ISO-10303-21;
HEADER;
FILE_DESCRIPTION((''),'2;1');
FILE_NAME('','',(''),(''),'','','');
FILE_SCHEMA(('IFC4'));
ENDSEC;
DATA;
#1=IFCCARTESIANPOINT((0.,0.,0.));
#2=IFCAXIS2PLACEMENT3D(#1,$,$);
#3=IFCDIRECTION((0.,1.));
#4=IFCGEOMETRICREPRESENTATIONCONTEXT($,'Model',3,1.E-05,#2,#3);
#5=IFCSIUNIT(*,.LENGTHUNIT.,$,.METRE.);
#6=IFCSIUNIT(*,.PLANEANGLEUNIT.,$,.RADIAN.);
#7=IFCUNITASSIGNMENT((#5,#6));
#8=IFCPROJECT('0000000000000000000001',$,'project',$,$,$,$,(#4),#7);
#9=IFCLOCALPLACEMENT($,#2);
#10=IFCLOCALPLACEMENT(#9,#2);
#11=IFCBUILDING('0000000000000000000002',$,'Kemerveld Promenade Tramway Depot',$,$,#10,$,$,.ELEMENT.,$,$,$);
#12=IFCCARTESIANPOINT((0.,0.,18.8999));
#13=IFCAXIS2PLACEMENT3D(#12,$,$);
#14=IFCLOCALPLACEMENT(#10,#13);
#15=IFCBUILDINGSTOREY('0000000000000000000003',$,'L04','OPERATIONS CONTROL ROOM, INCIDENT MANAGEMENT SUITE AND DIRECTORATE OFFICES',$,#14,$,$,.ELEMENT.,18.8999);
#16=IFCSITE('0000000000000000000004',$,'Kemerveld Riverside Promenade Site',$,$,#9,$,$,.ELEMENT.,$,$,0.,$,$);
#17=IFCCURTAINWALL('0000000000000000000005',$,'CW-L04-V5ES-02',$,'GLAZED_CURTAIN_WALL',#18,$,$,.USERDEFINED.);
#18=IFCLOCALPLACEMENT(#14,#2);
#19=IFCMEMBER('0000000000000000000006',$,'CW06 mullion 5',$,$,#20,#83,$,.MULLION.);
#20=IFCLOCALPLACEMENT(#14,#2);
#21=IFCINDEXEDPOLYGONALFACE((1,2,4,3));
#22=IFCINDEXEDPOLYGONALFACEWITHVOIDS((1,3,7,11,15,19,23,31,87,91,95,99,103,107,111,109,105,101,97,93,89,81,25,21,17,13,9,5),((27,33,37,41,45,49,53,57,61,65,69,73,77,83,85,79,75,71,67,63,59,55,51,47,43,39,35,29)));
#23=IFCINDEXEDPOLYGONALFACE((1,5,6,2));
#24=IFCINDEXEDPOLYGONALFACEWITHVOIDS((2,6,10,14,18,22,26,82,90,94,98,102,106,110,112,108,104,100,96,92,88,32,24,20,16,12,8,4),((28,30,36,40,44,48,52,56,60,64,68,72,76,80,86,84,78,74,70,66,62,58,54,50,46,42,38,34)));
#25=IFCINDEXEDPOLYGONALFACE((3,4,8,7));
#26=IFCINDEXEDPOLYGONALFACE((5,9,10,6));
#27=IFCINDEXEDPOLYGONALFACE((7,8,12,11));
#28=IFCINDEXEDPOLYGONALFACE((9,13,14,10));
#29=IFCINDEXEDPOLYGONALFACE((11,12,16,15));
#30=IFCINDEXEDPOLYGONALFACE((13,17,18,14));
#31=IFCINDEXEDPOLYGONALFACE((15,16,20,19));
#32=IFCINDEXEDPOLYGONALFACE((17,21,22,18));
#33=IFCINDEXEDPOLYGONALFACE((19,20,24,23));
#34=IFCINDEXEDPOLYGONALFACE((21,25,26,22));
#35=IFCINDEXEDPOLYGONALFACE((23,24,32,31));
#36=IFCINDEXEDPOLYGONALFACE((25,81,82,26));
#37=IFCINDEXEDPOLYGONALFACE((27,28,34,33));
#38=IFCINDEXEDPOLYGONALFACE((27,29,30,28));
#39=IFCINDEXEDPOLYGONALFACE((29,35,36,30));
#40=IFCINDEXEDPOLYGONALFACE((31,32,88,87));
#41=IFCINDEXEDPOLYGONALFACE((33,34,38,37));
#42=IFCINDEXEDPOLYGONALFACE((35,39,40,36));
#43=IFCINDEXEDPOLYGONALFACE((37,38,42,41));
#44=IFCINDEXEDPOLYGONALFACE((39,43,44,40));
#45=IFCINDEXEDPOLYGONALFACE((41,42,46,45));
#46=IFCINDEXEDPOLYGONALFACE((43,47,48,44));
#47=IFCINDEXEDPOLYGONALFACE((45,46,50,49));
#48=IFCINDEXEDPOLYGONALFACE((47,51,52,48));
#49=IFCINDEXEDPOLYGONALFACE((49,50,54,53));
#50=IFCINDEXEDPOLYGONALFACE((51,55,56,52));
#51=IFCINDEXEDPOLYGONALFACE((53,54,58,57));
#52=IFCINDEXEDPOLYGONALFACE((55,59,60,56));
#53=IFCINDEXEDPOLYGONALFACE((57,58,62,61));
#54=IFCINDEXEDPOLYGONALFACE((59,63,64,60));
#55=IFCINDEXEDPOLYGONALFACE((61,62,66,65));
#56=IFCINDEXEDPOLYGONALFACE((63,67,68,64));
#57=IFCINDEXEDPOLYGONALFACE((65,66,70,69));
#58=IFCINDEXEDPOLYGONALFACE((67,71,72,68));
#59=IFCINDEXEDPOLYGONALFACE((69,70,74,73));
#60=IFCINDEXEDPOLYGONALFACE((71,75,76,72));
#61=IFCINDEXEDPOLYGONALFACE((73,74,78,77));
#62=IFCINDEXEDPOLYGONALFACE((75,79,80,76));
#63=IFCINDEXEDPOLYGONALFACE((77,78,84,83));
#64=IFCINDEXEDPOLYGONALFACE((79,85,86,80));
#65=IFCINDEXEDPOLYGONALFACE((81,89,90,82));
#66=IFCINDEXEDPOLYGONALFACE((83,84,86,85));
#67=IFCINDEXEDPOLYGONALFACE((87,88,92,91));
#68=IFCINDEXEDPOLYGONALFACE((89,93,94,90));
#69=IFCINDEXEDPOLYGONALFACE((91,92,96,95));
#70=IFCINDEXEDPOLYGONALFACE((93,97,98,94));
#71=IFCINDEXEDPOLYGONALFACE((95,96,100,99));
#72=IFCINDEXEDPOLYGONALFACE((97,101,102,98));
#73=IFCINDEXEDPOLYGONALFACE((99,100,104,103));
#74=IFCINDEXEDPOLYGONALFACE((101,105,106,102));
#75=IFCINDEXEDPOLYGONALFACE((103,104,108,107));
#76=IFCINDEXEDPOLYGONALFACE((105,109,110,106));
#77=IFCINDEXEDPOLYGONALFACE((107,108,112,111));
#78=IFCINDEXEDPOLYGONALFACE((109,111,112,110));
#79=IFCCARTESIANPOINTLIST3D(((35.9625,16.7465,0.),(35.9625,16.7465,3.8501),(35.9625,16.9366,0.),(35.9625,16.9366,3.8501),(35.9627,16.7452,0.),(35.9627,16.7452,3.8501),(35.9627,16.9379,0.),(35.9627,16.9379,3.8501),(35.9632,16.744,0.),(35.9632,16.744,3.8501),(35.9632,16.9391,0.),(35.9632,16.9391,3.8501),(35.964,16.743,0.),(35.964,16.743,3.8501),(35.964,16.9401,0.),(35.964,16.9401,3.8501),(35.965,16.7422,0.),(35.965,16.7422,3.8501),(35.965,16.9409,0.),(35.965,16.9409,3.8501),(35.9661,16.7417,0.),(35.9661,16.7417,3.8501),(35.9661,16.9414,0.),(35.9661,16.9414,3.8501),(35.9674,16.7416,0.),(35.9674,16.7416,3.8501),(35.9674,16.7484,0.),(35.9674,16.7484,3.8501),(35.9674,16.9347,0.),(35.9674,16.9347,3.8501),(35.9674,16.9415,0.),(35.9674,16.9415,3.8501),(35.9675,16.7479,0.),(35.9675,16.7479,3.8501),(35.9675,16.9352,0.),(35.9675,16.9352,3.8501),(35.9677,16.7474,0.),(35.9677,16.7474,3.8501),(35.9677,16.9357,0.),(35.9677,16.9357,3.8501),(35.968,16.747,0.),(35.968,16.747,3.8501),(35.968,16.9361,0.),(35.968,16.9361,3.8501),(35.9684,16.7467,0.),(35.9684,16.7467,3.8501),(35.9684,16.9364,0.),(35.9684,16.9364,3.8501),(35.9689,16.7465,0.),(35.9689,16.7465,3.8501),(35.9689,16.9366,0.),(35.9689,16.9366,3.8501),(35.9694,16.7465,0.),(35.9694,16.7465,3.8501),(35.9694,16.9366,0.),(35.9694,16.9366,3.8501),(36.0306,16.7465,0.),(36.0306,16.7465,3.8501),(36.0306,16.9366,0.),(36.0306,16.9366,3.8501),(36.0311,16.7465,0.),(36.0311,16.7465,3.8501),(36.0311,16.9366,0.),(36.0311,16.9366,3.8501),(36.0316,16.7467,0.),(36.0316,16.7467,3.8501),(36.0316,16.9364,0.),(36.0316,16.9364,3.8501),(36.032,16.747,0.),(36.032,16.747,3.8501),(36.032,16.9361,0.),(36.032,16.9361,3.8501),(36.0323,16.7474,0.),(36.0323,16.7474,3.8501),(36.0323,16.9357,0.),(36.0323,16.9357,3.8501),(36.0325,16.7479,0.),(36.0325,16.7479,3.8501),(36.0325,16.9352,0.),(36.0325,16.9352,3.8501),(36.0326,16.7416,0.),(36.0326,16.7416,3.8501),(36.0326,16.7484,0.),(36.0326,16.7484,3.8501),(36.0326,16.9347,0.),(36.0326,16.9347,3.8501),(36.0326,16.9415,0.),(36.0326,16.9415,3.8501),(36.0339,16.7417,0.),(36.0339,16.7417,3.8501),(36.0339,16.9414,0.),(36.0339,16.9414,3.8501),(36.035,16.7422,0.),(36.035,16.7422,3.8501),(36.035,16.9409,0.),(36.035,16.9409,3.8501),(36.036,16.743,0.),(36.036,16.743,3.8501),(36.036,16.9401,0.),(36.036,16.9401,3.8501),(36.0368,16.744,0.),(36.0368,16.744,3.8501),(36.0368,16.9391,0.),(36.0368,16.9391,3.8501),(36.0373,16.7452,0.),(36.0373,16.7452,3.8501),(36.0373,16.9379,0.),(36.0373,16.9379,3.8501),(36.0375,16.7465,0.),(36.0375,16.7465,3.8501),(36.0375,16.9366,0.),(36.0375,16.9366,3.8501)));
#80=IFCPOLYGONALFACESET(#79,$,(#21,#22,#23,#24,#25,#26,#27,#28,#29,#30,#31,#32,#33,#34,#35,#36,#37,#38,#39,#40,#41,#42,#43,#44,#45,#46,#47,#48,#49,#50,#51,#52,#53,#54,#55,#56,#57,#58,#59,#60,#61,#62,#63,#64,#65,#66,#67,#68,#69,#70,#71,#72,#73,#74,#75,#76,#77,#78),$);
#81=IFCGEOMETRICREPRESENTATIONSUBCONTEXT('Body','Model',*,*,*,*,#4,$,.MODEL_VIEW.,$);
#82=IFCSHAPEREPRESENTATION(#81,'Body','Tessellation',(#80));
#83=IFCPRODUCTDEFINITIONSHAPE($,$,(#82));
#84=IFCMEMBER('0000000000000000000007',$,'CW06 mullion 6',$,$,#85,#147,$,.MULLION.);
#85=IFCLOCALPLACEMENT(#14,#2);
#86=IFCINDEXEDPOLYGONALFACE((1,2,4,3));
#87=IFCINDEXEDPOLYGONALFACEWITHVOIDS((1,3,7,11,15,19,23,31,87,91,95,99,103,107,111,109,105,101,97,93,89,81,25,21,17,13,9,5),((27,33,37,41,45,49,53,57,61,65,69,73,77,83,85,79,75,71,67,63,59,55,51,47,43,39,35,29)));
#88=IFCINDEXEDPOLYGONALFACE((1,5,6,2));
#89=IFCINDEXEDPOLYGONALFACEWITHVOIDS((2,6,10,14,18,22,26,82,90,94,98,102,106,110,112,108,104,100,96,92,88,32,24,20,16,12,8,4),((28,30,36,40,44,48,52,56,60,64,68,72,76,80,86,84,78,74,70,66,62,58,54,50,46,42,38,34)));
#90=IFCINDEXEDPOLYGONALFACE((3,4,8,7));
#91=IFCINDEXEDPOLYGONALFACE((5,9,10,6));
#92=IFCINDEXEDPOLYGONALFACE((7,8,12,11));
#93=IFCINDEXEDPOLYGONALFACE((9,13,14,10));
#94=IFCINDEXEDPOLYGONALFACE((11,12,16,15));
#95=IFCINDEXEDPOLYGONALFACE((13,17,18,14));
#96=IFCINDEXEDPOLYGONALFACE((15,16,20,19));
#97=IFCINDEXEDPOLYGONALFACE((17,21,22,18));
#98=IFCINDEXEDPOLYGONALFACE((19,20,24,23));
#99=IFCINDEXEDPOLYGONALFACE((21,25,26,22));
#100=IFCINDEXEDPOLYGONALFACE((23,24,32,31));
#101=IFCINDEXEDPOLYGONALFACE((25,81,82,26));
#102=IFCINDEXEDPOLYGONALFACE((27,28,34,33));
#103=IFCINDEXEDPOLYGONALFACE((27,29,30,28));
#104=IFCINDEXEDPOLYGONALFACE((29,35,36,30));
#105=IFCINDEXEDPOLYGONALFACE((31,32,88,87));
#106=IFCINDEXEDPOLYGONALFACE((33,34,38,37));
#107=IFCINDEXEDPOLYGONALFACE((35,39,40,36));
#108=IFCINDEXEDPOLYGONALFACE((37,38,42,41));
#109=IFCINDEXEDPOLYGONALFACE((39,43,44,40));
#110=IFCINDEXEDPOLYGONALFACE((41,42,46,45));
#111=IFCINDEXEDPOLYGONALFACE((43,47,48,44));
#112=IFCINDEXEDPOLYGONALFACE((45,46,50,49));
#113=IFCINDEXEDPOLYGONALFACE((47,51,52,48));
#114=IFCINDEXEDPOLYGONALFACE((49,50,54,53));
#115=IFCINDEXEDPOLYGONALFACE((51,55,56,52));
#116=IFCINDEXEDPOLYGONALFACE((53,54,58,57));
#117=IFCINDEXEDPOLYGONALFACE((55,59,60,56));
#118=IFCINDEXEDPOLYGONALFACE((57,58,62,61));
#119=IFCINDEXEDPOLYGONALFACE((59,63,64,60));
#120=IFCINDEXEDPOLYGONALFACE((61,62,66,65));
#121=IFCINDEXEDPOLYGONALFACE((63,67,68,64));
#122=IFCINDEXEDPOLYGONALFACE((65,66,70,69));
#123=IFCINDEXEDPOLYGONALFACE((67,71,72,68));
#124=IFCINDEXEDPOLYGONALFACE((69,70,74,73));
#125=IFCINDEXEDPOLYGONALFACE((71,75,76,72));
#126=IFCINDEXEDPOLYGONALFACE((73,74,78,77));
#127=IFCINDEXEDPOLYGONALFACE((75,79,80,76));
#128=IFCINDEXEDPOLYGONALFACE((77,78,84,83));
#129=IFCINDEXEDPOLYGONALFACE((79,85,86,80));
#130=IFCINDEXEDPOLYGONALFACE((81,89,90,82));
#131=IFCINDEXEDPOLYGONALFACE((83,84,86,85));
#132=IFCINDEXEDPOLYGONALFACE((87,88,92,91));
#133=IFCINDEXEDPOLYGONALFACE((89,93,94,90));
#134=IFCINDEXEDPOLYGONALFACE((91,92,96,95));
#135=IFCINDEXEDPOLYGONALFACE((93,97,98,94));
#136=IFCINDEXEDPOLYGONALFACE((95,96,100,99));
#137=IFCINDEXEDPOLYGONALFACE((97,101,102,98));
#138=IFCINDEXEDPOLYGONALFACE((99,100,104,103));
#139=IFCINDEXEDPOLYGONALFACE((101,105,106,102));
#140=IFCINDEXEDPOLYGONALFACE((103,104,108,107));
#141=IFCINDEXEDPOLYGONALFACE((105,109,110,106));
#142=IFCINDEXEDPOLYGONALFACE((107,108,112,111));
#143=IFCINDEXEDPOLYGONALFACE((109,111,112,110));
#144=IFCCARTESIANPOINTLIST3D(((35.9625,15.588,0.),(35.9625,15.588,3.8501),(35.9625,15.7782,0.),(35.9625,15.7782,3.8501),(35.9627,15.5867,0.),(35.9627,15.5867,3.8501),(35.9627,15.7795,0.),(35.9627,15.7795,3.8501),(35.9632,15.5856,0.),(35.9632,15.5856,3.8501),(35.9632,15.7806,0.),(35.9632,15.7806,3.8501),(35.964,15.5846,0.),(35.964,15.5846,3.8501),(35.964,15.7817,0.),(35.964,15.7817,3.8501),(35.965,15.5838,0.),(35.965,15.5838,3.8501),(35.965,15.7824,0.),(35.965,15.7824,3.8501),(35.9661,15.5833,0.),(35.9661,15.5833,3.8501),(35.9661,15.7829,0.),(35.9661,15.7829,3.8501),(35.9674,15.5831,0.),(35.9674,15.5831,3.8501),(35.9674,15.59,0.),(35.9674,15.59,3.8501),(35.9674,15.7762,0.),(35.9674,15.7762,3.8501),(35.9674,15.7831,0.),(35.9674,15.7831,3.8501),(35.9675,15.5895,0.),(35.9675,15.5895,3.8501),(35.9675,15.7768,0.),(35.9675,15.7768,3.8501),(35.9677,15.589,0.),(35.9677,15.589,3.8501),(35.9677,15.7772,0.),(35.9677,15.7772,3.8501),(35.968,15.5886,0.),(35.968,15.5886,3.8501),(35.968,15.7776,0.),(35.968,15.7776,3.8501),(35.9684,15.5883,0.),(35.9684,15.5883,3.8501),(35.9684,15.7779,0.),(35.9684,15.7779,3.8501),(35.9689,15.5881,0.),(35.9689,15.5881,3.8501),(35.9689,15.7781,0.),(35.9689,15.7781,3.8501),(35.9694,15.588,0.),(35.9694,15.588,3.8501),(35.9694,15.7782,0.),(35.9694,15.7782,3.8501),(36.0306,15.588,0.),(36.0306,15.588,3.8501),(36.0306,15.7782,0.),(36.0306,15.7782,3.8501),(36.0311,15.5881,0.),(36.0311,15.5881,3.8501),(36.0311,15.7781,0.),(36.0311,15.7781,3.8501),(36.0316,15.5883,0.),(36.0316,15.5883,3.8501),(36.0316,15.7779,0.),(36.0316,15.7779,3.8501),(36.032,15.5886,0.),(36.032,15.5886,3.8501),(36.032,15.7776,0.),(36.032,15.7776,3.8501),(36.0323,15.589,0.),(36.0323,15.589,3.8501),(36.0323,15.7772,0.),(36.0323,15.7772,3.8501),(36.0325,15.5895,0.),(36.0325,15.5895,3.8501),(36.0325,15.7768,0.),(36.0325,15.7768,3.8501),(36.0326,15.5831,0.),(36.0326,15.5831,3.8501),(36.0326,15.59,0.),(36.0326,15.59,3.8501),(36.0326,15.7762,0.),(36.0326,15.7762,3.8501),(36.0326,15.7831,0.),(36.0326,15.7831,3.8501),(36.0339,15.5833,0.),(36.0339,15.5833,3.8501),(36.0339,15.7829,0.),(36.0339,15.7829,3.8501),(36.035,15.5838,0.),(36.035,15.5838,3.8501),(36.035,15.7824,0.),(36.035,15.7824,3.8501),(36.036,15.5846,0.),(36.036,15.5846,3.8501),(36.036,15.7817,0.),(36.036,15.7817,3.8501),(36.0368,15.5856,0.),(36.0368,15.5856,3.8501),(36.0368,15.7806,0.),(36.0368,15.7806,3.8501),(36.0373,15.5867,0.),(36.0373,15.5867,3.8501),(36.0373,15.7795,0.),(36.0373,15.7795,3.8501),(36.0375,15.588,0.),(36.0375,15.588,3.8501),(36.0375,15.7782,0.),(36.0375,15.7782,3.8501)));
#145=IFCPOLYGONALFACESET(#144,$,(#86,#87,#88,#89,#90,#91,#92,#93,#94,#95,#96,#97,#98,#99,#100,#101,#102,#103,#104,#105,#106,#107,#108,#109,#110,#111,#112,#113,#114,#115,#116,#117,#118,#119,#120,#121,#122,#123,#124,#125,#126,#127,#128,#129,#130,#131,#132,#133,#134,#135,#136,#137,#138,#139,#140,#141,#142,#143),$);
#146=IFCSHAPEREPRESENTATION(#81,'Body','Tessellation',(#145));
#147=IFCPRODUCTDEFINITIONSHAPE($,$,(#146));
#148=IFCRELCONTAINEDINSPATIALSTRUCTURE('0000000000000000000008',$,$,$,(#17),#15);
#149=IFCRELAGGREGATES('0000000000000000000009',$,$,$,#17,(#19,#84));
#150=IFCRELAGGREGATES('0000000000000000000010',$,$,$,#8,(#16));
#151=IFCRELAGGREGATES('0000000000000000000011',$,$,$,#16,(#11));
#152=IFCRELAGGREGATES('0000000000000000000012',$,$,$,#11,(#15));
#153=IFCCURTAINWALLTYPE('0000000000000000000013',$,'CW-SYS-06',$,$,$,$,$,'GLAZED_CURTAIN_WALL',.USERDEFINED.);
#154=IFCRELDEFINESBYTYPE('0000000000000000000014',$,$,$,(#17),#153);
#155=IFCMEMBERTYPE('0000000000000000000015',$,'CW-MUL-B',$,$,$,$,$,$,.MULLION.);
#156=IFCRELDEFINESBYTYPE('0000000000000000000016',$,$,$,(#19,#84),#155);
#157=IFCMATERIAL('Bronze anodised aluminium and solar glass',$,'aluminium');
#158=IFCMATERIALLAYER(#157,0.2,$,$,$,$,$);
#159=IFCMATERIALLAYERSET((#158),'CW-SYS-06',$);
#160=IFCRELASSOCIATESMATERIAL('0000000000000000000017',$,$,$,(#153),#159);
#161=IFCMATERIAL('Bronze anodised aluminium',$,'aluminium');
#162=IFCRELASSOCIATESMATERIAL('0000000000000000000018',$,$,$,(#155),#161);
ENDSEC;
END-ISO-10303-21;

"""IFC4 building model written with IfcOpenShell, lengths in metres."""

from ifc_helpers import new_model, si_unit, direction, frame, origin, origin_2d, place, context, subcontext, project, spatial, hollow_rectangle, extrude, material, layer, layer_set, material_profile, profile_set, type_object, element, aggregate, save


model = new_model("IFC4")

# Units and contexts
model_context = context("Model", 3, precision=1e-05, world=origin(), true_north=direction((0.0, 1.0)))
body_context = subcontext(model_context, "Body", "Model", "MODEL_VIEW")
ifc_project = project(units=[si_unit("LENGTHUNIT", "METRE"), si_unit("PLANEANGLEUNIT", "RADIAN")], contexts=[model_context])

# Site, building, storey
site_placement = place(None, origin())
site = spatial("IfcSite", under=ifc_project, at=site_placement, Name="Kemerveld Riverside Promenade Site", CompositionType="ELEMENT", RefElevation=0.0)
building_placement = place(site_placement, origin())
building = spatial("IfcBuilding", under=site, at=building_placement, Name="Kemerveld Promenade Tramway Depot", CompositionType="ELEMENT")
storey_placement = place(building_placement, frame((0.0, 0.0, 18.8999)))
storey = spatial("IfcBuildingStorey", under=building, at=storey_placement, Name="L04", Description="OPERATIONS CONTROL ROOM, INCIDENT MANAGEMENT SUITE AND DIRECTORATE OFFICES", CompositionType="ELEMENT", Elevation=18.8999)

# Curtain wall, members
ifc_material_1 = material(Name="Bronze anodised aluminium and solar glass", Category="aluminium")
ifc_layer_1 = layer(ifc_material_1, 0.2)
ifc_layer_set_1 = layer_set([ifc_layer_1], Name="CW-SYS-06")
curtain_wall_type = type_object("IfcCurtainWallType", Name="CW-SYS-06", ElementType="GLAZED_CURTAIN_WALL", PredefinedType="USERDEFINED", material=ifc_layer_set_1)
curtain_wall_placement = place(storey_placement, origin())
curtain_wall = element("IfcCurtainWall", 1, at=curtain_wall_placement, inside=storey, type_object=curtain_wall_type, Name="CW-L04-V5ES-02", ObjectType="GLAZED_CURTAIN_WALL", PredefinedType="USERDEFINED")
ifc_material_2 = material(Name="Bronze anodised aluminium", Category="aluminium")
ifc_material_profile_1 = material_profile(ifc_material_2, hollow_rectangle(XDim=0.075, YDim=0.2, WallThickness=0.0049, InnerFilletRadius=0.002, OuterFilletRadius=0.0049, at=origin_2d()), Name="CW-MUL-200x75")
ifc_profile_set_1 = profile_set([ifc_material_profile_1], Name="Bronze anodised aluminium")
member_type_1 = type_object("IfcMemberType", Name="CW-MUL-B", PredefinedType="MULLION", material=ifc_profile_set_1)
member_1_placement = place(storey_placement, frame((36.0, 16.8416, 0.0), z_axis=(0.0, 0.0, 1.0), x_axis=(1.0, 0.0, 0.0)))
member_1 = element("IfcMember", 2, at=member_1_placement, type_object=member_type_1, Name="CW06 mullion 5", PredefinedType="MULLION", context=body_context, shape_type="SweptSolid", body=[
    extrude(hollow_rectangle(XDim=0.075, YDim=0.2, WallThickness=0.0049, InnerFilletRadius=0.002, OuterFilletRadius=0.0049, at=origin_2d()), origin(), (0.0, 0.0, 1.0), 3.8501),
])
member_2_placement = place(storey_placement, frame((36.0, 15.6831, 0.0), z_axis=(0.0, 0.0, 1.0), x_axis=(1.0, 0.0, 0.0)))
member_2 = element("IfcMember", 3, at=member_2_placement, type_object=member_type_1, Name="CW06 mullion 6", PredefinedType="MULLION", context=body_context, shape_type="SweptSolid", body=[
    extrude(hollow_rectangle(XDim=0.075, YDim=0.2, WallThickness=0.0049, InnerFilletRadius=0.002, OuterFilletRadius=0.0049, at=origin_2d()), origin(), (0.0, 0.0, 1.0), 3.8501),
])
aggregate(curtain_wall, [member_1, member_2])

save(model, "model.ifc")
